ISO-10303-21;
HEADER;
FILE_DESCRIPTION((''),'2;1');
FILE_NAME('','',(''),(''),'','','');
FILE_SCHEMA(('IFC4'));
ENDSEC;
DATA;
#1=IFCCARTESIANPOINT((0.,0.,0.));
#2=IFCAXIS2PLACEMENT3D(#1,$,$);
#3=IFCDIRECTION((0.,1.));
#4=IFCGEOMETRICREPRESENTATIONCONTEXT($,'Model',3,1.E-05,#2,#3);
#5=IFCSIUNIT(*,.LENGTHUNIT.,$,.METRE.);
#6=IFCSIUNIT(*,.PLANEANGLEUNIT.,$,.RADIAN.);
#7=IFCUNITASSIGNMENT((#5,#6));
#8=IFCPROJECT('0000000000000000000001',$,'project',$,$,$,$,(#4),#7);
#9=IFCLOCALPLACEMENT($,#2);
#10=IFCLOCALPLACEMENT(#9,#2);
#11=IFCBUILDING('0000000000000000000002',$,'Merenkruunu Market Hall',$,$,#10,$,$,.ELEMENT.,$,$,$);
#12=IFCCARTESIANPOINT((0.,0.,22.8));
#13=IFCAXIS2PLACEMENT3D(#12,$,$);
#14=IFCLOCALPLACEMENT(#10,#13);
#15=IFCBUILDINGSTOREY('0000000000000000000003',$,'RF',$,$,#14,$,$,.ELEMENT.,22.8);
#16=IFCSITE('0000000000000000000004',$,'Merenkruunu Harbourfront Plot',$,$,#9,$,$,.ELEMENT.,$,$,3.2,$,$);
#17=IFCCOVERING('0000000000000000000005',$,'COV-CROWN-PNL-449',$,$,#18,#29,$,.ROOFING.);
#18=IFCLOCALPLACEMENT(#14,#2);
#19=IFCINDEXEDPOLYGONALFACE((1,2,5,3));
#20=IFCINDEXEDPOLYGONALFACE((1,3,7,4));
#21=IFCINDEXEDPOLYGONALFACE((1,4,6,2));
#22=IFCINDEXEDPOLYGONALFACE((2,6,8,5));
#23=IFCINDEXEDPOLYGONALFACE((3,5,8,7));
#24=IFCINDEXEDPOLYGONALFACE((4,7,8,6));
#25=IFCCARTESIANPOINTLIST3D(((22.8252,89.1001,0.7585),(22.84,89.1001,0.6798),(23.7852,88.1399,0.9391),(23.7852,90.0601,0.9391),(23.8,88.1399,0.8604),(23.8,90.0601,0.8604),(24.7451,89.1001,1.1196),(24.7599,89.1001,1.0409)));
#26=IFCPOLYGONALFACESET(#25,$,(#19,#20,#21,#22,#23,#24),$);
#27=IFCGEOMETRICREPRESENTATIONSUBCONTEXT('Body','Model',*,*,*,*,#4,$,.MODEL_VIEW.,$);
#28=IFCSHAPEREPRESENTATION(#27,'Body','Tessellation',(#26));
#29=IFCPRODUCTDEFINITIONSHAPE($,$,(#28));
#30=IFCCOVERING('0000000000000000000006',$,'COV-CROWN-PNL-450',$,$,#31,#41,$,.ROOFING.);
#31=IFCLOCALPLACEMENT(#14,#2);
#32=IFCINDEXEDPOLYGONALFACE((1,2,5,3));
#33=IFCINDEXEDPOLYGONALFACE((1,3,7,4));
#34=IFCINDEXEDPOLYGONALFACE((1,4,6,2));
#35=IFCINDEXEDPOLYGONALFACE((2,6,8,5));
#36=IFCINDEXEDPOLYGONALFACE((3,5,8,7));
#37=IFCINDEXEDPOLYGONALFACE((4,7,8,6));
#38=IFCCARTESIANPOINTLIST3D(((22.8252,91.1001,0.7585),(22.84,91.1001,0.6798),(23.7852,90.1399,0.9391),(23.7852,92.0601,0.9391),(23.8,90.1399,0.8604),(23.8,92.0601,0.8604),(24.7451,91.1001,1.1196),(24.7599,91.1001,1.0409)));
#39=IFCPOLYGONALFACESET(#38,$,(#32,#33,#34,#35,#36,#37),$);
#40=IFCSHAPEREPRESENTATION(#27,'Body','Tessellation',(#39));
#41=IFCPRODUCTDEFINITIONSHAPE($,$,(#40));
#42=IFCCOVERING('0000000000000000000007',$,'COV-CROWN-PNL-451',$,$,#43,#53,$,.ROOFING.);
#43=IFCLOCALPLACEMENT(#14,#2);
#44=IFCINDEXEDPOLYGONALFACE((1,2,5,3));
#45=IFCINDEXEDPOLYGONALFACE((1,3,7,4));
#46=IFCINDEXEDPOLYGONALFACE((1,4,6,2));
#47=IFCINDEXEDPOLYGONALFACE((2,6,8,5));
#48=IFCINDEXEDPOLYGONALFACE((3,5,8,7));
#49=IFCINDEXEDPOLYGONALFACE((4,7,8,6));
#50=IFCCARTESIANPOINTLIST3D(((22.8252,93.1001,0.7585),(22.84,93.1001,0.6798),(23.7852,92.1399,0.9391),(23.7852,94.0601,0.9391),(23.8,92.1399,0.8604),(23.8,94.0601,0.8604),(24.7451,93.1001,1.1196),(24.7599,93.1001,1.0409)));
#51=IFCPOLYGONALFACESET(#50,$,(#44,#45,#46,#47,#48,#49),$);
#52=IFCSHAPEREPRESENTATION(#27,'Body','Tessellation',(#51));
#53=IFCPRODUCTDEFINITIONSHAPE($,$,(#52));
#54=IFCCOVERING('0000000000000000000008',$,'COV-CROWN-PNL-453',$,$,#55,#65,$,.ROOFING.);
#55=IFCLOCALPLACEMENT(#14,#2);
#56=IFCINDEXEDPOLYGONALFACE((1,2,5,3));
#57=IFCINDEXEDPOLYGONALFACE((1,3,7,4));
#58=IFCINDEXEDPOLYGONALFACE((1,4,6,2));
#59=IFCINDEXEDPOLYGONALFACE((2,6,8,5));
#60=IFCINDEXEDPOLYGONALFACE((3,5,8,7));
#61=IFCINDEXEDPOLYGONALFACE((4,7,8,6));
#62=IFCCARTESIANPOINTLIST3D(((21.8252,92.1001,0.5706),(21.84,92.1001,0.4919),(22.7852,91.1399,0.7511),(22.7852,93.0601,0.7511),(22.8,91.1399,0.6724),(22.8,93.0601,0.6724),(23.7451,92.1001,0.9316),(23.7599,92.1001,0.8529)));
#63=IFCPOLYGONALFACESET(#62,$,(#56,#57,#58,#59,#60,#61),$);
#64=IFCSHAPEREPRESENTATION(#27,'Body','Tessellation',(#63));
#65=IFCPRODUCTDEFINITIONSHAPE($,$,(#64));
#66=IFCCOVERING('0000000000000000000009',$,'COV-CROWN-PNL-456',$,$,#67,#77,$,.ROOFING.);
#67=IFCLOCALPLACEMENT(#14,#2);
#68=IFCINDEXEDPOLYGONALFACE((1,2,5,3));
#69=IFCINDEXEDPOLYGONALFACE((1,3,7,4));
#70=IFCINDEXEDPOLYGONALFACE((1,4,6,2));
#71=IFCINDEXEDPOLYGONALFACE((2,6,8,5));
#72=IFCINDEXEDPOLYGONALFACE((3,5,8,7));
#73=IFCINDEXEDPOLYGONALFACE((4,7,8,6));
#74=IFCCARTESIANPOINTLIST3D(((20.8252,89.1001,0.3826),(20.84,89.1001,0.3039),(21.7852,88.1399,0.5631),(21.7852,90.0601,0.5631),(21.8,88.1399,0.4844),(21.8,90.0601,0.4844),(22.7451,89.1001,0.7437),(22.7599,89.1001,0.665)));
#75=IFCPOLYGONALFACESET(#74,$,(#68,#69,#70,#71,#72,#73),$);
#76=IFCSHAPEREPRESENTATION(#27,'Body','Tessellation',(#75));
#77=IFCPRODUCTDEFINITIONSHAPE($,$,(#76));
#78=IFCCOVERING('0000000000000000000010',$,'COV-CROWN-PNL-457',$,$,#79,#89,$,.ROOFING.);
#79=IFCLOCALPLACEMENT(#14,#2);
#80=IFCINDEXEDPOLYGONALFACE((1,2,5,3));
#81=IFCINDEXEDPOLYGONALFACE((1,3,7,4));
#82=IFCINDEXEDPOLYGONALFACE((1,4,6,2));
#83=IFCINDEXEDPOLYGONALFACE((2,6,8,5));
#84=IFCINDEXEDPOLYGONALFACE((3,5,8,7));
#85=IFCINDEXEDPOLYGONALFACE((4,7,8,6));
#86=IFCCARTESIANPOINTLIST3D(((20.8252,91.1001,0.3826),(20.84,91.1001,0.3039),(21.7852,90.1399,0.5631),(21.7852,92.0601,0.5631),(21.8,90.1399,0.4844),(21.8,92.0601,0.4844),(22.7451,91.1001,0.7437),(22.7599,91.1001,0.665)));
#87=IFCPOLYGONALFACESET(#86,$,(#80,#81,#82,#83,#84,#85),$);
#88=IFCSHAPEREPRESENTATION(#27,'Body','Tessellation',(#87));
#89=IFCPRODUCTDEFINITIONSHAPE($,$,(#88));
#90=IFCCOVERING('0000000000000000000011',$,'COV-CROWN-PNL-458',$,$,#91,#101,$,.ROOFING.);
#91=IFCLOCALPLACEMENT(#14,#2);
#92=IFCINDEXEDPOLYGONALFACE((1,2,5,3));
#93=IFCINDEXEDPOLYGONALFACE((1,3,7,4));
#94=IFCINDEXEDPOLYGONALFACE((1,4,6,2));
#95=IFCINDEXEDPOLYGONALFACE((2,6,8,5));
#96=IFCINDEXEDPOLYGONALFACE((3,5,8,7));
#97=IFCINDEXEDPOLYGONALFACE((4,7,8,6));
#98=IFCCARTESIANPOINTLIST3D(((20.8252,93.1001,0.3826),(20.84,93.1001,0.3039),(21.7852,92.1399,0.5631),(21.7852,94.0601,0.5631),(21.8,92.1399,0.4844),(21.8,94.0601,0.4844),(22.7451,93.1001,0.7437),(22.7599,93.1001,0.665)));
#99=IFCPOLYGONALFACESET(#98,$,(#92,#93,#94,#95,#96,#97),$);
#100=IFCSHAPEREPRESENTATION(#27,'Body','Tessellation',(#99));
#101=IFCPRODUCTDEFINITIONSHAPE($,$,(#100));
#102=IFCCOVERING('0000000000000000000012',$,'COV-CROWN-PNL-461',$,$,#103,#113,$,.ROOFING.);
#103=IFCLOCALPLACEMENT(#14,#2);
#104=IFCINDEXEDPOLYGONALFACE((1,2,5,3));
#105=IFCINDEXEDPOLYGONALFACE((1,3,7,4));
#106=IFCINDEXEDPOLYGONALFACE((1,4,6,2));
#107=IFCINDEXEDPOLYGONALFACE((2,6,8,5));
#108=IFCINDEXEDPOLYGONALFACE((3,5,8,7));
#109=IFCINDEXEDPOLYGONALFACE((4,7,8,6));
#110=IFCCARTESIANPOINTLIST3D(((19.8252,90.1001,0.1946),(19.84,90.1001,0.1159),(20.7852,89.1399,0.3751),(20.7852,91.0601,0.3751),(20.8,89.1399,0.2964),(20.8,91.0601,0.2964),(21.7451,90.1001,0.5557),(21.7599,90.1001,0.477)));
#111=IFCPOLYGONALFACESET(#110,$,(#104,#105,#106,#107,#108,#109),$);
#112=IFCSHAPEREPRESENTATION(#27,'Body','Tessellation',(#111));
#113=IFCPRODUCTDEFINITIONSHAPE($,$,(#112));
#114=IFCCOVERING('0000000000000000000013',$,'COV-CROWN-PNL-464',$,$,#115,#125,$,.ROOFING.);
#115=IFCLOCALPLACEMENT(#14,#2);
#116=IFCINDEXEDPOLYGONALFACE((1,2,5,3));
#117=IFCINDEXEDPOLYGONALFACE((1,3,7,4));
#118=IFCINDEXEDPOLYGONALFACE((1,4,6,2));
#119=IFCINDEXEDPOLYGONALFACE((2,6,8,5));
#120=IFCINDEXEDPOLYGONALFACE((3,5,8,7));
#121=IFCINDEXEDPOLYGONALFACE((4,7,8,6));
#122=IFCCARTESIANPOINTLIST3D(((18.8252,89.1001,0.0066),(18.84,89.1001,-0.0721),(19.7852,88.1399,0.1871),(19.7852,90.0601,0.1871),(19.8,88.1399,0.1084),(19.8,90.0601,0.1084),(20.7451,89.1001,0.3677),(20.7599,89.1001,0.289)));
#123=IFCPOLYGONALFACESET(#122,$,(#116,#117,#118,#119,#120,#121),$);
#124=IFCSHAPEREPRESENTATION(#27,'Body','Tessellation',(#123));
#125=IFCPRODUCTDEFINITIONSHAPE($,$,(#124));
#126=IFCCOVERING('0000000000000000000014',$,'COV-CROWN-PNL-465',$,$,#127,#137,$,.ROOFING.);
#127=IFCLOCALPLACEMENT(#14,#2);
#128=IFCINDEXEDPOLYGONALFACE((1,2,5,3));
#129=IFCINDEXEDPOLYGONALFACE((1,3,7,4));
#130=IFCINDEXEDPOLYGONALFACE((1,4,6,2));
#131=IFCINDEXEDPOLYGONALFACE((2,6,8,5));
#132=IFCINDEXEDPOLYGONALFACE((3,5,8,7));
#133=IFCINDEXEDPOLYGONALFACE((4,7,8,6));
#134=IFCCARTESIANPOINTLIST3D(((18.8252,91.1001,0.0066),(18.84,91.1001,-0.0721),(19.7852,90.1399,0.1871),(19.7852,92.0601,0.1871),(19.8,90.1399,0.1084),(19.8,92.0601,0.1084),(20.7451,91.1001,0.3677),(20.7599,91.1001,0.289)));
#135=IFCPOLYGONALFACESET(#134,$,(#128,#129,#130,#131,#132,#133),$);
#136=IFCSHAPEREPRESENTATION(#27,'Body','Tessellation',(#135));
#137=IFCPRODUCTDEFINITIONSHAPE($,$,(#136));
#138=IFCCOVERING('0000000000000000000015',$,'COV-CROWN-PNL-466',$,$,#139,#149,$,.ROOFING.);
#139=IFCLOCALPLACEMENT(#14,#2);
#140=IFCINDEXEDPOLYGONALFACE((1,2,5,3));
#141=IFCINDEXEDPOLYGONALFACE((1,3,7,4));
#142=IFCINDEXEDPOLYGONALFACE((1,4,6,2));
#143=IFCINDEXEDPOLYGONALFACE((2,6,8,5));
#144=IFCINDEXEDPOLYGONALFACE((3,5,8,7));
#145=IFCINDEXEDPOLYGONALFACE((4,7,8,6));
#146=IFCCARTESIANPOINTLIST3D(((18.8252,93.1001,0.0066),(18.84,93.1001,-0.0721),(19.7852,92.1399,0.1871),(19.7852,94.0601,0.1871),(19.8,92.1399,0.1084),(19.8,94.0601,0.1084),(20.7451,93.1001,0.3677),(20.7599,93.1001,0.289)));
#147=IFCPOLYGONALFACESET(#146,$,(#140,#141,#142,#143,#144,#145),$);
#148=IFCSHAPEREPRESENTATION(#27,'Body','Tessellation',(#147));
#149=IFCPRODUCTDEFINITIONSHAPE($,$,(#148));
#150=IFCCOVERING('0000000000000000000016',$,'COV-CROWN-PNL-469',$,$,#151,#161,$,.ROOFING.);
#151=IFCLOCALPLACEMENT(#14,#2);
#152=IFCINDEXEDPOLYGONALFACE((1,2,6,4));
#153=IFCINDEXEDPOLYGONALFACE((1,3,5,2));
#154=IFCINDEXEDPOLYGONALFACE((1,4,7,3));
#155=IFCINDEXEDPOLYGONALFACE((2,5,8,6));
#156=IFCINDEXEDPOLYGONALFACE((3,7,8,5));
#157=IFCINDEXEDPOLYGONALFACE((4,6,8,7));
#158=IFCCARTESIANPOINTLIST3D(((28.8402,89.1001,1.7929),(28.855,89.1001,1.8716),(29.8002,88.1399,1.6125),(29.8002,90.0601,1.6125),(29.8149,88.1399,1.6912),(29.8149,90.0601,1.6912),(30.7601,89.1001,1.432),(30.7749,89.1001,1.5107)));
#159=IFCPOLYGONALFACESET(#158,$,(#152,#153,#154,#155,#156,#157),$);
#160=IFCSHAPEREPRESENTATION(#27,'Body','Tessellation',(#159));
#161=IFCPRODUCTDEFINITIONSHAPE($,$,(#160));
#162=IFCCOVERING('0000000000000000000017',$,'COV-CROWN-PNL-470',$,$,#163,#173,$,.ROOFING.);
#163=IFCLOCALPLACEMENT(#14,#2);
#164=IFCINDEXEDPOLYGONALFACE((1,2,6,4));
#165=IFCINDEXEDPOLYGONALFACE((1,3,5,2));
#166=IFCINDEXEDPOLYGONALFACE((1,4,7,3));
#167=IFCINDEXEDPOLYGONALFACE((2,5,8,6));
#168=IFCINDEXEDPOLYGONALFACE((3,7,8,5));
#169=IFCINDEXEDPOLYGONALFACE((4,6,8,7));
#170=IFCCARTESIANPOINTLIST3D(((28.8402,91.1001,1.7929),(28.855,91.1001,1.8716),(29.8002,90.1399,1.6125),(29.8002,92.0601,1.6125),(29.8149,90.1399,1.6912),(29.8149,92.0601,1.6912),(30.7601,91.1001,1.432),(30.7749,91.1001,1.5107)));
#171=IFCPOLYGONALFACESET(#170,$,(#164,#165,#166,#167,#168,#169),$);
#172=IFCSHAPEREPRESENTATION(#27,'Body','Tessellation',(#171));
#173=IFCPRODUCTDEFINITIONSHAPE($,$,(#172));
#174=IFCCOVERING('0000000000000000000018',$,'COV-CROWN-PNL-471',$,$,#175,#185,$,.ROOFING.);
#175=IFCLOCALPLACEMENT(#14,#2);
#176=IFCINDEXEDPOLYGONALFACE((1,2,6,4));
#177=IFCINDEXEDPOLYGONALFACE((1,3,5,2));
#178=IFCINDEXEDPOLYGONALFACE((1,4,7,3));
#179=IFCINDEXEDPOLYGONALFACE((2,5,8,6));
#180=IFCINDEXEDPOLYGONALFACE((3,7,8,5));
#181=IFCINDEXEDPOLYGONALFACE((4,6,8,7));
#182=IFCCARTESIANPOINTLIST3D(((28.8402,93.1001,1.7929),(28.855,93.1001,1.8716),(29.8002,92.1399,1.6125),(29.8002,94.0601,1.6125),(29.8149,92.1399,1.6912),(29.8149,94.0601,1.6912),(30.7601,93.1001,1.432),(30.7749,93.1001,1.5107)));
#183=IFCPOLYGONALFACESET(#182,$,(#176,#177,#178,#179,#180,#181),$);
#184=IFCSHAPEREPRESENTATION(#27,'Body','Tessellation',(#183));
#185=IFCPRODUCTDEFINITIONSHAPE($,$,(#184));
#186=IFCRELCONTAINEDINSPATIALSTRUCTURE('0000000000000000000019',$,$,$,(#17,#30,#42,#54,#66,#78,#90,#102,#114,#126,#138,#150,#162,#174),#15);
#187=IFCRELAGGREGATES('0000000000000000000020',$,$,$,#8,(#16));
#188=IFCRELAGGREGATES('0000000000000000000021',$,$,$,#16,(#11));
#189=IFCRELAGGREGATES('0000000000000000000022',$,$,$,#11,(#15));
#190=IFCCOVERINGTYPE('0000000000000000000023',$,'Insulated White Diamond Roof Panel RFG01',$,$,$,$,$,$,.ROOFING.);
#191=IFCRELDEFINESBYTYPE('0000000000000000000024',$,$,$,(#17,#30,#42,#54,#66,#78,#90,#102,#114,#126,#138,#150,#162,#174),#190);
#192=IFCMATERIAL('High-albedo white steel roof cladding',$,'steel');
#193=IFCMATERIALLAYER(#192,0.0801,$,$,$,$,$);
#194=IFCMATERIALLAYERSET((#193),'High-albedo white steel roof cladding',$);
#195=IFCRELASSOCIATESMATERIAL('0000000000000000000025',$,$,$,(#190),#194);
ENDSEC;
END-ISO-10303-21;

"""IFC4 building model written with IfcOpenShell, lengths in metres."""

from ifc_helpers import new_model, si_unit, direction, frame, origin, place, context, subcontext, project, spatial, polyline, outline, extrude, material, layer, layer_set, type_object, element, save


model = new_model("IFC4")

# Units and contexts
model_context = context("Model", 3, precision=1e-05, world=origin(), true_north=direction((0.0, 1.0)))
body_context = subcontext(model_context, "Body", "Model", "MODEL_VIEW")
ifc_project = project(units=[si_unit("LENGTHUNIT", "METRE"), si_unit("PLANEANGLEUNIT", "RADIAN")], contexts=[model_context])

# Site, building, storey
site_placement = place(None, origin())
site = spatial("IfcSite", under=ifc_project, at=site_placement, Name="Merenkruunu Harbourfront Plot", CompositionType="ELEMENT", RefElevation=3.2)
building_placement = place(site_placement, origin())
building = spatial("IfcBuilding", under=site, at=building_placement, Name="Merenkruunu Market Hall", CompositionType="ELEMENT")
storey_placement = place(building_placement, frame((0.0, 0.0, 22.8)))
storey = spatial("IfcBuildingStorey", under=building, at=storey_placement, Name="RF", CompositionType="ELEMENT", Elevation=22.8)

# Coverings
ifc_material_1 = material(Name="High-albedo white steel roof cladding", Category="steel")
ifc_layer_1 = layer(ifc_material_1, 0.0801)
ifc_layer_set_1 = layer_set([ifc_layer_1], Name="High-albedo white steel roof cladding")
covering_type = type_object("IfcCoveringType", Name="Insulated White Diamond Roof Panel RFG01", PredefinedType="ROOFING", material=ifc_layer_set_1)
for number, where, z_axis, x_axis, name in (
    (1, (22.8252, 89.1001, 0.7585), (-0.184832, 0.0, 0.98277), (0.700856, -0.701018, 0.131812), "COV-CROWN-PNL-449"),
    (2, (22.8252, 91.1001, 0.7585), (-0.184832, 0.0, 0.98277), (0.700856, -0.701018, 0.131812), "COV-CROWN-PNL-450"),
    (3, (22.8252, 93.1001, 0.7585), (-0.184832, 0.0, 0.98277), (0.700856, -0.701018, 0.131812), "COV-CROWN-PNL-451"),
    (4, (21.8252, 92.1001, 0.5706), (-0.184832, 0.0, 0.98277), (0.700856, -0.701018, 0.131812), "COV-CROWN-PNL-453"),
    (5, (20.8252, 89.1001, 0.3826), (-0.184832, 0.0, 0.98277), (0.700856, -0.701018, 0.131812), "COV-CROWN-PNL-456"),
    (6, (20.8252, 91.1001, 0.3826), (-0.184832, 0.0, 0.98277), (0.700856, -0.701018, 0.131812), "COV-CROWN-PNL-457"),
    (7, (20.8252, 93.1001, 0.3826), (-0.184832, 0.0, 0.98277), (0.700856, -0.701018, 0.131812), "COV-CROWN-PNL-458"),
    (8, (19.8252, 90.1001, 0.1946), (-0.184832, 0.0, 0.98277), (0.700856, -0.701018, 0.131812), "COV-CROWN-PNL-461"),
    (9, (18.8252, 89.1001, 0.0066), (-0.184832, 0.0, 0.98277), (0.700856, -0.701018, 0.131812), "COV-CROWN-PNL-464"),
    (10, (18.8252, 91.1001, 0.0066), (-0.184832, 0.0, 0.98277), (0.700856, -0.701018, 0.131812), "COV-CROWN-PNL-465"),
    (11, (18.8252, 93.1001, 0.0066), (-0.184832, 0.0, 0.98277), (0.700856, -0.701018, 0.131812), "COV-CROWN-PNL-466"),
):
    element("IfcCovering", number, at=place(storey_placement, frame(where, z_axis=z_axis, x_axis=x_axis)), inside=storey, type_object=covering_type, Name=name, PredefinedType="ROOFING", context=body_context, shape_type="SweptSolid", body=[
        extrude(outline(polyline([(0.0, 0.0), (1.3697, 0.0), (1.3932, 1.3695), (0.0237, 1.3694), (0.0, 0.0)])), origin(), (0.0, 0.0, -1.0), 0.0801),
    ])
for number, where, z_axis, x_axis, name in (
    (12, (28.855, 89.1001, 1.8716), (0.184711, 0.0, 0.982793), (0.700856, -0.701035, -0.131722), "COV-CROWN-PNL-469"),
    (13, (28.855, 91.1001, 1.8716), (0.184711, 0.0, 0.982793), (0.700856, -0.701035, -0.131722), "COV-CROWN-PNL-470"),
    (14, (28.855, 93.1001, 1.8716), (0.184711, 0.0, 0.982793), (0.700856, -0.701035, -0.131722), "COV-CROWN-PNL-471"),
):
    element("IfcCovering", number, at=place(storey_placement, frame(where, z_axis=z_axis, x_axis=x_axis)), inside=storey, type_object=covering_type, Name=name, PredefinedType="ROOFING", context=body_context, shape_type="SweptSolid", body=[
        extrude(outline(polyline([(0.0, 0.0), (1.3697, 0.0), (1.3931, 1.3695), (0.0236, 1.3693), (0.0, 0.0)])), origin(), (0.0, 0.0, -1.0), 0.0801),
    ])

save(model, "model.ifc")
